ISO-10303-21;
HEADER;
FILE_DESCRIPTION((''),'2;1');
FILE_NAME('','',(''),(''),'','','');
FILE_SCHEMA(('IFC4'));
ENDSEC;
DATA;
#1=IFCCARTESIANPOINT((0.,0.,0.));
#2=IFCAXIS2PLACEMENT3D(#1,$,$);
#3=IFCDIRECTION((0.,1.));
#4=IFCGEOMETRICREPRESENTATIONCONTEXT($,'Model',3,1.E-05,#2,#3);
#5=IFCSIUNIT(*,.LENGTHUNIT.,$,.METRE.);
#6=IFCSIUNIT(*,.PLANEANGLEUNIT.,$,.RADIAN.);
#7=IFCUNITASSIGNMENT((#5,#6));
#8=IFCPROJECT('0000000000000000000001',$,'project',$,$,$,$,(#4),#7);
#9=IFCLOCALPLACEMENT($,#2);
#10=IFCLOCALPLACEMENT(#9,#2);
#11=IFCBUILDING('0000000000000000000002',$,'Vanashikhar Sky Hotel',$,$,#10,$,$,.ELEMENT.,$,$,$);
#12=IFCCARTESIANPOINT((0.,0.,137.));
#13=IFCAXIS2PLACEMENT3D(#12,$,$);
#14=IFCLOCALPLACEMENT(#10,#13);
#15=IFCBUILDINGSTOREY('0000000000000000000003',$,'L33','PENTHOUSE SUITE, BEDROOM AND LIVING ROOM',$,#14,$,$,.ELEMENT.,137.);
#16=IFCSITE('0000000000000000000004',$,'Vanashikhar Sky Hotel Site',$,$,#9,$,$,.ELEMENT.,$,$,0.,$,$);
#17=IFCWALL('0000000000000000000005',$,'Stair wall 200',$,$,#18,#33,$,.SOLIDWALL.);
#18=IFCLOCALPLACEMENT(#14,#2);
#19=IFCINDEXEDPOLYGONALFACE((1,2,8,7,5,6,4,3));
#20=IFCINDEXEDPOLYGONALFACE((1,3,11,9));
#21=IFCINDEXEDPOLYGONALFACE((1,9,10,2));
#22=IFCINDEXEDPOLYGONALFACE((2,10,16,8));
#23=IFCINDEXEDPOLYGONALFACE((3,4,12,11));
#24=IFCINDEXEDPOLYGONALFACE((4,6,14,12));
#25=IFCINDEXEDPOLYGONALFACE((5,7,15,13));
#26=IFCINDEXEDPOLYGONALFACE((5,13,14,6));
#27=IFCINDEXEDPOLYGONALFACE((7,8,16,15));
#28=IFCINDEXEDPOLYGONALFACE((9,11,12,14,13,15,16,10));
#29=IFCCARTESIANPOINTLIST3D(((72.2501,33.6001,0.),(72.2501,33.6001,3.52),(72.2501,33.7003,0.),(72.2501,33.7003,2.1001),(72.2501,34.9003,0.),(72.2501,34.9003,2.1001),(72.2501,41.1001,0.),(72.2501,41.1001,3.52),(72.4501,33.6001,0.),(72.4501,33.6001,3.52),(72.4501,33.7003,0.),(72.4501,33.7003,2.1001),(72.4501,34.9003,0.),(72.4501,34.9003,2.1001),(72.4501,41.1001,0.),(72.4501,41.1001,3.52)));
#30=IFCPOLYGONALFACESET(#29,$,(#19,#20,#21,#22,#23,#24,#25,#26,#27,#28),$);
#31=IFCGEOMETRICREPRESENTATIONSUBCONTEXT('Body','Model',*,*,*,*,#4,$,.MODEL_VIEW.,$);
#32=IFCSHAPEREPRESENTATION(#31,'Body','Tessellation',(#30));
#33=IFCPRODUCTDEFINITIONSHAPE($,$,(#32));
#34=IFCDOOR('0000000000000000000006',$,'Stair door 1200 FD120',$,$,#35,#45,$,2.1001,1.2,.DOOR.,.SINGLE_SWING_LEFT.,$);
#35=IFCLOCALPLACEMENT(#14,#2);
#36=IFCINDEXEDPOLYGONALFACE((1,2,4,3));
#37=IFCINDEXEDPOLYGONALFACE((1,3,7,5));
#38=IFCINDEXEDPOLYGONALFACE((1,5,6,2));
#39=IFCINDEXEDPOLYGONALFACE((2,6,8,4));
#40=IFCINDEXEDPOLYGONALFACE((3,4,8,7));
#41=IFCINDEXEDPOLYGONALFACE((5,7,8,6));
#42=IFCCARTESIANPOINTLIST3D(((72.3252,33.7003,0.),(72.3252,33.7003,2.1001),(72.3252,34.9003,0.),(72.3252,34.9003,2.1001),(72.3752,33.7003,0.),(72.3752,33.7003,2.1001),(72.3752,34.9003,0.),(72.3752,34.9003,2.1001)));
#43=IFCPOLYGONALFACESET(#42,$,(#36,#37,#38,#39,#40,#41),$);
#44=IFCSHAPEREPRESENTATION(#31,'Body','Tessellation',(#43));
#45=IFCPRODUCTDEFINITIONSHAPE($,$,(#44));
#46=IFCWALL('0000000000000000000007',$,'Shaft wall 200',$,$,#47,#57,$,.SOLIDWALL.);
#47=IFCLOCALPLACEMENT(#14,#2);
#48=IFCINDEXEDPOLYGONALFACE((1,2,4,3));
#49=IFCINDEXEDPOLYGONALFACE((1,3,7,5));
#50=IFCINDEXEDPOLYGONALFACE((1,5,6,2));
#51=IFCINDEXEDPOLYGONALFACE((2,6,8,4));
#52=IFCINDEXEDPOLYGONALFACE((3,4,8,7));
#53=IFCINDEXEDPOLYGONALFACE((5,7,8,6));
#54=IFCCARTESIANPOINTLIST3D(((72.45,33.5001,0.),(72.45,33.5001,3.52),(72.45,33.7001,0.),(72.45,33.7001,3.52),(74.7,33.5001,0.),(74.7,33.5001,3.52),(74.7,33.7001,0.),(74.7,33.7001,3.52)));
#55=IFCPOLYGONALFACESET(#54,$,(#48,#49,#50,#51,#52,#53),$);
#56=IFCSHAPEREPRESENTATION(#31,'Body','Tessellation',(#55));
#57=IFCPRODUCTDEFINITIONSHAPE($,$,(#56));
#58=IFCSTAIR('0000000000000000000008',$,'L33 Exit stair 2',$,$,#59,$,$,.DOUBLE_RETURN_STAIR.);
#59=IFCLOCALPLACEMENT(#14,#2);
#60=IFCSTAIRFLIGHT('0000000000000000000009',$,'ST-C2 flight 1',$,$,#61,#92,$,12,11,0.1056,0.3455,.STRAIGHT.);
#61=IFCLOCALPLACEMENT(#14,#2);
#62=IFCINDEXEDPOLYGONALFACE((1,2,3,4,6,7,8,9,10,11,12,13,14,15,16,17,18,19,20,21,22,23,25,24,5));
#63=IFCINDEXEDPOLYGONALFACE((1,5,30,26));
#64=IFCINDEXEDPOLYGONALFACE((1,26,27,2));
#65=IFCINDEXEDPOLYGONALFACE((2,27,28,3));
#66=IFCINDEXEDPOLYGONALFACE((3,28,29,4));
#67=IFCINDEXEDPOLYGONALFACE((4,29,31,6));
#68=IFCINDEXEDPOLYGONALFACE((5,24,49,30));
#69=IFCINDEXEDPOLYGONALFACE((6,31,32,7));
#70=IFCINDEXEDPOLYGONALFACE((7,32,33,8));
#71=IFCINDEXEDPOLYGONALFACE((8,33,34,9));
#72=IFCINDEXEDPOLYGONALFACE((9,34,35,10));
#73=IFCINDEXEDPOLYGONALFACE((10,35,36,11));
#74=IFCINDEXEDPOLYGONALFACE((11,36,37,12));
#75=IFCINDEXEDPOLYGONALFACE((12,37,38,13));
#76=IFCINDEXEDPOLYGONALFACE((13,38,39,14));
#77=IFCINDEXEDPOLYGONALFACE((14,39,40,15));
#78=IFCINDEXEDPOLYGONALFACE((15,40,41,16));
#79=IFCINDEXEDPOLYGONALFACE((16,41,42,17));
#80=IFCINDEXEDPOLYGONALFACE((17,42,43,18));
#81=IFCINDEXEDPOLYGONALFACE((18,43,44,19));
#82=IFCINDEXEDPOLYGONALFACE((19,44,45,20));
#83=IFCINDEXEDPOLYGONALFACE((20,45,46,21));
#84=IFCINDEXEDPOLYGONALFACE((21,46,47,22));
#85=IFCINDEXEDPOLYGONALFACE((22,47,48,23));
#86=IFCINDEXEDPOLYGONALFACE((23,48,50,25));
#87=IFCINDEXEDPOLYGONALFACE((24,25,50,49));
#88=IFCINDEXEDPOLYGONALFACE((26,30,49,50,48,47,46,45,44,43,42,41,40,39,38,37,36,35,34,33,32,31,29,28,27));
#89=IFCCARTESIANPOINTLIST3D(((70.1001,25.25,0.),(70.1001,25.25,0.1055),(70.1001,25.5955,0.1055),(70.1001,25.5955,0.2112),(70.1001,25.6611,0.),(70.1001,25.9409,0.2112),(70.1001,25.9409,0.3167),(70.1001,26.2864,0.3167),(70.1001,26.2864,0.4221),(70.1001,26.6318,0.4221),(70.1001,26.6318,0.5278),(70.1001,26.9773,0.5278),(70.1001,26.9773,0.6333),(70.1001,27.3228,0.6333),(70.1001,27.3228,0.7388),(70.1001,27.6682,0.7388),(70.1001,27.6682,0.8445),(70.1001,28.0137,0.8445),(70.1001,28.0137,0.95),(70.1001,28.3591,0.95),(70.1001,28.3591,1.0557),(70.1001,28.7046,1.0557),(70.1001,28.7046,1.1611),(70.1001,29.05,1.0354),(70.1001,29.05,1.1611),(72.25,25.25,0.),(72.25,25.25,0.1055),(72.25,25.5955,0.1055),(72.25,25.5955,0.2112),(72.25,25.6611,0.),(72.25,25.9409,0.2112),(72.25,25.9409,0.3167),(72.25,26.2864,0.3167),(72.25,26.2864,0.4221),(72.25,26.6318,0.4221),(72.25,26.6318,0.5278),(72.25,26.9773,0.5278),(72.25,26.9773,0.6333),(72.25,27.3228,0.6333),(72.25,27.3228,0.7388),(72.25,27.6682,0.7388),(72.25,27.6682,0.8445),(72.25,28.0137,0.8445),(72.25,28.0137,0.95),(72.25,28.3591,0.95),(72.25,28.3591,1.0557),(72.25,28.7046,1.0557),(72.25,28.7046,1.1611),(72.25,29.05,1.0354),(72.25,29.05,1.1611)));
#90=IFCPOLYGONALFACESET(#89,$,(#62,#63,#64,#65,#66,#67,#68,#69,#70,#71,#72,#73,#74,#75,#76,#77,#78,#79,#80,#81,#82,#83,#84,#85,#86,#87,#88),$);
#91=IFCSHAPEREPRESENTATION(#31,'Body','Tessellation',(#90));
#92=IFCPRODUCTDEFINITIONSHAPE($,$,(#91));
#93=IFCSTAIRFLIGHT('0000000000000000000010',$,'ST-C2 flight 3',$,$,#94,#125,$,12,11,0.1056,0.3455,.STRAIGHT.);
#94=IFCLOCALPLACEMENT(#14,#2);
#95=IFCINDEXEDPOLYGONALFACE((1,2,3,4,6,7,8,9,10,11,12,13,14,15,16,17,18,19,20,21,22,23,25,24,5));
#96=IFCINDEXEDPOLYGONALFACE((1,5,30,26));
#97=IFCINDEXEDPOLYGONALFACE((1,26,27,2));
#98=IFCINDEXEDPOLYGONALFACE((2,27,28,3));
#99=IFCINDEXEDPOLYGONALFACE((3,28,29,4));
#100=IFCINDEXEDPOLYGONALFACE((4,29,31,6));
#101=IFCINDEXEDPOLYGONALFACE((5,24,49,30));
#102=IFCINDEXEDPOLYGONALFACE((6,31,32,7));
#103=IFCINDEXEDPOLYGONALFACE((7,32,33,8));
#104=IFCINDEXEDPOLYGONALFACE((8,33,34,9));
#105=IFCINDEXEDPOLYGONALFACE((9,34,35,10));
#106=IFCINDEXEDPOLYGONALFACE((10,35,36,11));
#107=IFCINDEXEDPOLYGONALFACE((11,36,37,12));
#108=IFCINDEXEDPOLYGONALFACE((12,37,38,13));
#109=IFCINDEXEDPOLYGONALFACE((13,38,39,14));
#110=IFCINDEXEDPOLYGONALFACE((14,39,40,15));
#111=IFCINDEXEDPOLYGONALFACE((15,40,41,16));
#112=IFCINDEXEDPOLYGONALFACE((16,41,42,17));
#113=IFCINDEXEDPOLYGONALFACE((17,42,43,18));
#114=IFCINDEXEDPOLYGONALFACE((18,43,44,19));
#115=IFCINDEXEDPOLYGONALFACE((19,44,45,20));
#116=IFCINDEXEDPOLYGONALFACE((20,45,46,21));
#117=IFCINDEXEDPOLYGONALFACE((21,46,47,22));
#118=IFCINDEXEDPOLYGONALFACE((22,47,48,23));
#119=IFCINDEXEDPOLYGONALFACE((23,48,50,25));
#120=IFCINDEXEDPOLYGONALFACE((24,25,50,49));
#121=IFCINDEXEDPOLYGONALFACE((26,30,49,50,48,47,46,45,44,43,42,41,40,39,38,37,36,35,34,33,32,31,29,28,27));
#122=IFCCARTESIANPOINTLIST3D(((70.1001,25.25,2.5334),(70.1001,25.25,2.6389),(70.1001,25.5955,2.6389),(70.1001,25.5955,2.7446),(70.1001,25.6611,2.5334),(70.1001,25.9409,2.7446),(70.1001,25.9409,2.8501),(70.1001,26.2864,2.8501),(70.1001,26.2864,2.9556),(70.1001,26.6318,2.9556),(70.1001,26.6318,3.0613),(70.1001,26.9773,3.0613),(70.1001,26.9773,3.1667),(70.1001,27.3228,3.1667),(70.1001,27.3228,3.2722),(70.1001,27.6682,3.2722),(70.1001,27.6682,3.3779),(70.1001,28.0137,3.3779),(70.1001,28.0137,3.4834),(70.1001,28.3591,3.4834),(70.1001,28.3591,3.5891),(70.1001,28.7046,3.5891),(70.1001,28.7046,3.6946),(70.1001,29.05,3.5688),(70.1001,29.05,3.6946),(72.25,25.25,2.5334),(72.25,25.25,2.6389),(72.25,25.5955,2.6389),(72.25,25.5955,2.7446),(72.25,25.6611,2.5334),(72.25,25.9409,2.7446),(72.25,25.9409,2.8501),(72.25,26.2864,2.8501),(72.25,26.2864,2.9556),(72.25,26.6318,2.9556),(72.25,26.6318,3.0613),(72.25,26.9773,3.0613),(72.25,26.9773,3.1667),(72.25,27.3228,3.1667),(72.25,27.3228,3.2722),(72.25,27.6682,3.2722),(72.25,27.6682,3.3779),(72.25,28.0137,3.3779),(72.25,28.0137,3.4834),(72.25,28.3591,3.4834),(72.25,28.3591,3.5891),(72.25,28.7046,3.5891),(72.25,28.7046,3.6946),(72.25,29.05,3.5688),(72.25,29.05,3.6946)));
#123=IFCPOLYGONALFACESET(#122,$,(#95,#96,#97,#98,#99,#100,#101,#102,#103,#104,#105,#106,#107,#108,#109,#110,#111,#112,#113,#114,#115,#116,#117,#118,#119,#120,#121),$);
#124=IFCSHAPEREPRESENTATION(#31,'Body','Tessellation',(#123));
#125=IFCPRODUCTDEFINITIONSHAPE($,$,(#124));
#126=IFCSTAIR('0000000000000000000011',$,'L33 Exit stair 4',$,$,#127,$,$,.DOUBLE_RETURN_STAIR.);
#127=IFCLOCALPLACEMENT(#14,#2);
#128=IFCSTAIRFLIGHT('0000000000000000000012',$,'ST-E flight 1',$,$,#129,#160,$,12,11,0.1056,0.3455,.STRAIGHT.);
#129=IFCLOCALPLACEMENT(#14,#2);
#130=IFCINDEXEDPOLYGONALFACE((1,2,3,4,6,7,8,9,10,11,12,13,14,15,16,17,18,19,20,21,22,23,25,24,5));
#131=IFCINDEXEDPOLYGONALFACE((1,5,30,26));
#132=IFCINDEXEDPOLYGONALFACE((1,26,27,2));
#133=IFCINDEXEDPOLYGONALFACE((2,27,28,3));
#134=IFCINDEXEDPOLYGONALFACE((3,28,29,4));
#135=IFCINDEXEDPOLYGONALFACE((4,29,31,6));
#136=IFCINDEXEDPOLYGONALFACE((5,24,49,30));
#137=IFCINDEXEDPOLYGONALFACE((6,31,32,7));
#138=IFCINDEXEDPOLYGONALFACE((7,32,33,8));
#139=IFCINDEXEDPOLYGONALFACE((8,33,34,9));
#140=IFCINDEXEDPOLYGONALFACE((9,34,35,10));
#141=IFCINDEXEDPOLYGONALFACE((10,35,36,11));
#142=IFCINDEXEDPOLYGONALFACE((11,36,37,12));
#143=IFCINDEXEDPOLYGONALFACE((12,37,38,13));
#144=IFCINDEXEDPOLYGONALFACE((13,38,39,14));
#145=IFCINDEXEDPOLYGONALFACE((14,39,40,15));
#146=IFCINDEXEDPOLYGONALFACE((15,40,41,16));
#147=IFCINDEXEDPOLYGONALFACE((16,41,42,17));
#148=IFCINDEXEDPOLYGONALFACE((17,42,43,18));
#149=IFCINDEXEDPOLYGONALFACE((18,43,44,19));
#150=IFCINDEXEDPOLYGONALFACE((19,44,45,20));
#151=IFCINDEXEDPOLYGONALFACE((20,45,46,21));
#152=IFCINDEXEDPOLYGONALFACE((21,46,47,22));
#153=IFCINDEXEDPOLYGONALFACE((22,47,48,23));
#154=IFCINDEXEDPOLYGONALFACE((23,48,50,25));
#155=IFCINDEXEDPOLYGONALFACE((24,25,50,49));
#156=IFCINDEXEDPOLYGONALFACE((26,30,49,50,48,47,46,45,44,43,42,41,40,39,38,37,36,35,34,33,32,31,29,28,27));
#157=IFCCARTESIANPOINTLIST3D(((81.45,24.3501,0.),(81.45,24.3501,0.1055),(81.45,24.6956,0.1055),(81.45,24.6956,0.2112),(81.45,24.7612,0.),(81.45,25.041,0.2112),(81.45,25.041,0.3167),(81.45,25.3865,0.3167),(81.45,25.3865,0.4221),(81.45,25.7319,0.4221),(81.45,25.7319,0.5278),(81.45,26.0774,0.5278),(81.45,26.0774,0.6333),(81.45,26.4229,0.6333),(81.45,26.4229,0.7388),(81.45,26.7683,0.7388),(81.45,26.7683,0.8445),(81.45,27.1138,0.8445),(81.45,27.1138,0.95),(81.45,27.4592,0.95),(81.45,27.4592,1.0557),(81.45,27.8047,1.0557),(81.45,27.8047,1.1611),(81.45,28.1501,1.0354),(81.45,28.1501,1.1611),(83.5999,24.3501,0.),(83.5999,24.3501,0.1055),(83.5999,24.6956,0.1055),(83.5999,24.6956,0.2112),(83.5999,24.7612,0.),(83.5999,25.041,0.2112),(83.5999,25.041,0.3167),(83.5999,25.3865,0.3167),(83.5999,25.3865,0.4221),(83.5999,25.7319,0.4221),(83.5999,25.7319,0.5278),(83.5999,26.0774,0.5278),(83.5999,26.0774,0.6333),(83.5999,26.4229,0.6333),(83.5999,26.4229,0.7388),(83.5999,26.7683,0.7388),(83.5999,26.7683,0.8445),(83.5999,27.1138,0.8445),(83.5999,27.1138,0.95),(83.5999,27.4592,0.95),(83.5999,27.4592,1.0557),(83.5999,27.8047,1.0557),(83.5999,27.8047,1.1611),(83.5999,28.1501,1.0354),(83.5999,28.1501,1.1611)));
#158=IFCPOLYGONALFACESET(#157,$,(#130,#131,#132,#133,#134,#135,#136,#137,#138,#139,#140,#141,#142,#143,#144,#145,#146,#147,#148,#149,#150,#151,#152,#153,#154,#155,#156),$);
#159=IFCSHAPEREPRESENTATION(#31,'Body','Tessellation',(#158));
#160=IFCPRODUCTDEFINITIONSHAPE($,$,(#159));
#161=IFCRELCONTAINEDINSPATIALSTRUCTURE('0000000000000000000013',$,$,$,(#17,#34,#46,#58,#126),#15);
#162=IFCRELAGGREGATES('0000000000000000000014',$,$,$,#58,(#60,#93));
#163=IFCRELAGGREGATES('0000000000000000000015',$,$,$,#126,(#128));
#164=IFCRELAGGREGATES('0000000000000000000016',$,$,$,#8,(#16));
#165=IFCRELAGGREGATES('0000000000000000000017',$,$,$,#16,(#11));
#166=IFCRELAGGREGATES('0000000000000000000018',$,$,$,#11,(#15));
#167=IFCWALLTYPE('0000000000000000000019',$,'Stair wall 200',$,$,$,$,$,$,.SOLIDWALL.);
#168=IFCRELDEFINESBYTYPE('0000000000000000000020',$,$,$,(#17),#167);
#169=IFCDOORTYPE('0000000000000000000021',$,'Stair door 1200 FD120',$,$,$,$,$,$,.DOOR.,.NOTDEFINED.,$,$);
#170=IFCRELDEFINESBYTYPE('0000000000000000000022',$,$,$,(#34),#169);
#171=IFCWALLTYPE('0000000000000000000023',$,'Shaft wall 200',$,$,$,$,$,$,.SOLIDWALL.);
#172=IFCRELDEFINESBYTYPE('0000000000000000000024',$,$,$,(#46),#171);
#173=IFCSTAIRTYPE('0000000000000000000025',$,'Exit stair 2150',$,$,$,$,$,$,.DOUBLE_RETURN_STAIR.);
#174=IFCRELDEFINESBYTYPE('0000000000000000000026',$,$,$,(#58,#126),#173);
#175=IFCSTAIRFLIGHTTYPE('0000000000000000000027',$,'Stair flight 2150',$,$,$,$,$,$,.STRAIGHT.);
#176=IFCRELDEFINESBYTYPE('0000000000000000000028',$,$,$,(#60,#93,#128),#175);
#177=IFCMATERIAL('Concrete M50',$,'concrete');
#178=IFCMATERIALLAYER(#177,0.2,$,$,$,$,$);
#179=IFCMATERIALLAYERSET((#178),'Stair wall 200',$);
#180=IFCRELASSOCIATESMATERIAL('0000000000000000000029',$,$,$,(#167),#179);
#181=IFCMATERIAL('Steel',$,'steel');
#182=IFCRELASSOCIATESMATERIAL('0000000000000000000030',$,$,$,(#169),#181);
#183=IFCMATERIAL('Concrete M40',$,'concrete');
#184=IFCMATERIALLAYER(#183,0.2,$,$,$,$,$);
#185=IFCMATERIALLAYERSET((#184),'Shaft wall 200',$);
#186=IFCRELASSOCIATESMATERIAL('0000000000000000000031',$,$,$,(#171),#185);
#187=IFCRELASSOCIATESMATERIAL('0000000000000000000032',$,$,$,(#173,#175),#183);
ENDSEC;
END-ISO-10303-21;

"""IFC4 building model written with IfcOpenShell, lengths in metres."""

from ifc_helpers import new_model, si_unit, direction, frame, frame_2d, origin, place, context, subcontext, project, spatial, polyline, rectangle, outline, extrude, source, transform, mapped, material, layer, layer_set, type_object, element, fill, aggregate, save


model = new_model("IFC4")

# Units and contexts
model_context = context("Model", 3, precision=1e-05, world=origin(), true_north=direction((0.0, 1.0)))
body_context = subcontext(model_context, "Body", "Model", "MODEL_VIEW")
ifc_project = project(units=[si_unit("LENGTHUNIT", "METRE"), si_unit("PLANEANGLEUNIT", "RADIAN")], contexts=[model_context])

# Site, building, storey
site_placement = place(None, origin())
site = spatial("IfcSite", under=ifc_project, at=site_placement, Name="Vanashikhar Sky Hotel Site", CompositionType="ELEMENT", RefElevation=0.0)
building_placement = place(site_placement, origin())
building = spatial("IfcBuilding", under=site, at=building_placement, Name="Vanashikhar Sky Hotel", CompositionType="ELEMENT")
storey_placement = place(building_placement, frame((0.0, 0.0, 137.0)))
storey = spatial("IfcBuildingStorey", under=building, at=storey_placement, Name="L33", Description="PENTHOUSE SUITE, BEDROOM AND LIVING ROOM", CompositionType="ELEMENT", Elevation=137.0)

# Shared definitions
ifc_material_1 = material(Name="Concrete M50", Category="concrete")

# Shared definitions
ifc_material_2 = material(Name="Steel", Category="steel")
shared_shape_1 = source(origin(), body_context, "Body", "SweptSolid", [
    extrude(rectangle(XDim=1.2, YDim=2.1001, at=frame_2d((0.6001, 1.05))), frame((0.0, 0.0249, 0.0), z_axis=(0.0, -1.0, 0.0), x_axis=(1.0, 0.0, 0.0)), (0.0, 0.0, 1.0), 0.05),
])

# Shared definitions
ifc_layer_1 = layer(ifc_material_1, 0.2)
ifc_layer_set_1 = layer_set([ifc_layer_1], Name="Stair wall 200")
wall_type_1 = type_object("IfcWallType", Name="Stair wall 200", PredefinedType="SOLIDWALL", material=ifc_layer_set_1)
shared_shape_2 = source(origin(), body_context, "Body", "SweptSolid", [
    extrude(rectangle(XDim=1.2, YDim=2.1001, at=frame_2d((0.6001, 1.05))), frame((0.0, 0.1099, 0.0), z_axis=(0.0, -1.0, 0.0), x_axis=(1.0, 0.0, 0.0)), (0.0, 0.0, 1.0), 0.22),
])
door_type_1 = type_object("IfcDoorType", Name="Stair door 1200 FD120", OperationType="NOTDEFINED", PredefinedType="DOOR", material=ifc_material_2)

# Shared definitions
ifc_material_3 = material(Name="Concrete M40", Category="concrete")
ifc_layer_2 = layer(ifc_material_3, 0.2)
ifc_layer_set_2 = layer_set([ifc_layer_2], Name="Shaft wall 200")
wall_type_2 = type_object("IfcWallType", Name="Shaft wall 200", PredefinedType="SOLIDWALL", material=ifc_layer_set_2)

# Wall, opening, door
shared_shape_3 = source(origin(), body_context, "Body", "SweptSolid", [
    extrude(rectangle(XDim=7.5, YDim=0.2, at=frame_2d((3.75, 0.0))), origin(), (0.0, 0.0, 1.0), 3.52),
])
wall_1_placement = place(storey_placement, frame((72.3501, 33.6001, 0.0), z_axis=(0.0, 0.0, 1.0), x_axis=(0.0, 1.0, 0.0)))
wall_1 = element("IfcWall", 1, at=wall_1_placement, inside=storey, type_object=wall_type_1, Name="Stair wall 200", PredefinedType="SOLIDWALL", context=body_context, shape_type="MappedRepresentation", body=[
    mapped(shared_shape_3, transform((0.0, 0.0, 0.0), scale=1.0)),
])
opening_1_placement = place(wall_1_placement, frame((0.1001, 0.0, 0.0)))
opening_1 = element("IfcOpeningElement", 2, at=opening_1_placement, cuts=wall_1, PredefinedType="OPENING", context=body_context, shape_type="MappedRepresentation", body=[
    mapped(shared_shape_2, transform((0.0, 0.0, 0.0), scale=1.0)),
])
door_1_placement = place(opening_1_placement, origin())
door_1 = element("IfcDoor", 3, at=door_1_placement, inside=storey, type_object=door_type_1, Name="Stair door 1200 FD120", OperationType="SINGLE_SWING_LEFT", OverallHeight=2.1001, OverallWidth=1.2, PredefinedType="DOOR", context=body_context, shape_type="MappedRepresentation", body=[
    mapped(shared_shape_1, transform((0.0, 0.0, 0.0), scale=1.0)),
])
fill(opening_1, door_1)

# Wall
shared_shape_4 = source(origin(), body_context, "Body", "SweptSolid", [
    extrude(rectangle(XDim=2.25, YDim=0.2, at=frame_2d((1.125, 0.0))), origin(), (0.0, 0.0, 1.0), 3.52),
])
wall_2_placement = place(storey_placement, frame((72.45, 33.6001, 0.0), z_axis=(0.0, 0.0, 1.0), x_axis=(1.0, 0.0, 0.0)))
element("IfcWall", 4, at=wall_2_placement, inside=storey, type_object=wall_type_2, Name="Shaft wall 200", PredefinedType="SOLIDWALL", context=body_context, shape_type="MappedRepresentation", body=[
    mapped(shared_shape_4, transform((0.0, 0.0, 0.0), scale=1.0)),
])

# Stairs, stair flights
stair_type = type_object("IfcStairType", Name="Exit stair 2150", PredefinedType="DOUBLE_RETURN_STAIR", material=ifc_material_3)
stair_1_placement = place(storey_placement, origin())
stair_1 = element("IfcStair", 5, at=stair_1_placement, inside=storey, type_object=stair_type, Name="L33 Exit stair 2", PredefinedType="DOUBLE_RETURN_STAIR")
stair_flight_type = type_object("IfcStairFlightType", Name="Stair flight 2150", PredefinedType="STRAIGHT", material=ifc_material_3)
shared_shape_5 = source(origin(), body_context, "Body", "SweptSolid", [
    extrude(outline(polyline([(0.0, 0.0), (0.0, 0.1055), (0.3455, 0.1055), (0.3455, 0.2112), (0.6909, 0.2112), (0.6909, 0.3167), (1.0364, 0.3167), (1.0364, 0.4221), (1.3818, 0.4221), (1.3818, 0.5278), (1.7273, 0.5278), (1.7273, 0.6333), (2.0728, 0.6333), (2.0728, 0.7388), (2.4182, 0.7388), (2.4182, 0.8445), (2.7637, 0.8445), (2.7637, 0.95), (3.1091, 0.95), (3.1091, 1.0557), (3.4546, 1.0557), (3.4546, 1.1611), (3.8, 1.1611), (3.8, 1.2666), (3.8, 1.0354), (0.4111, 0.0), (0.0, 0.0)])), frame((0.0, 1.075, 0.0), z_axis=(0.0, -1.0, 0.0), x_axis=(1.0, 0.0, 0.0)), (0.0, 0.0, 1.0), 2.1499),
])
stair_flight_1_placement = place(storey_placement, frame((71.175, 25.25, 0.0), z_axis=(0.0, 0.0, 1.0), x_axis=(0.0, 1.0, 0.0)))
stair_flight_1 = element("IfcStairFlight", 6, at=stair_flight_1_placement, type_object=stair_flight_type, Name="ST-C2 flight 1", NumberOfRisers=12, NumberOfTreads=11, PredefinedType="STRAIGHT", RiserHeight=0.1056, TreadLength=0.3455, context=body_context, shape_type="MappedRepresentation", body=[
    mapped(shared_shape_5, transform((0.0, 0.0, 0.0), scale=1.0)),
])
stair_flight_2_placement = place(storey_placement, frame((71.175, 25.25, 2.5334), z_axis=(0.0, 0.0, 1.0), x_axis=(0.0, 1.0, 0.0)))
stair_flight_2 = element("IfcStairFlight", 7, at=stair_flight_2_placement, type_object=stair_flight_type, Name="ST-C2 flight 3", NumberOfRisers=12, NumberOfTreads=11, PredefinedType="STRAIGHT", RiserHeight=0.1056, TreadLength=0.3455, context=body_context, shape_type="MappedRepresentation", body=[
    mapped(shared_shape_5, transform((0.0, 0.0, 0.0), scale=1.0)),
])
aggregate(stair_1, [stair_flight_1, stair_flight_2])
stair_2_placement = place(storey_placement, origin())
stair_2 = element("IfcStair", 8, at=stair_2_placement, inside=storey, type_object=stair_type, Name="L33 Exit stair 4", PredefinedType="DOUBLE_RETURN_STAIR")
stair_flight_3_placement = place(storey_placement, frame((82.5249, 24.3501, 0.0), z_axis=(0.0, 0.0, 1.0), x_axis=(0.0, 1.0, 0.0)))
stair_flight_3 = element("IfcStairFlight", 9, at=stair_flight_3_placement, type_object=stair_flight_type, Name="ST-E flight 1", NumberOfRisers=12, NumberOfTreads=11, PredefinedType="STRAIGHT", RiserHeight=0.1056, TreadLength=0.3455, context=body_context, shape_type="MappedRepresentation", body=[
    mapped(shared_shape_5, transform((0.0, 0.0, 0.0), scale=1.0)),
])
aggregate(stair_2, [stair_flight_3])

save(model, "model.ifc")
